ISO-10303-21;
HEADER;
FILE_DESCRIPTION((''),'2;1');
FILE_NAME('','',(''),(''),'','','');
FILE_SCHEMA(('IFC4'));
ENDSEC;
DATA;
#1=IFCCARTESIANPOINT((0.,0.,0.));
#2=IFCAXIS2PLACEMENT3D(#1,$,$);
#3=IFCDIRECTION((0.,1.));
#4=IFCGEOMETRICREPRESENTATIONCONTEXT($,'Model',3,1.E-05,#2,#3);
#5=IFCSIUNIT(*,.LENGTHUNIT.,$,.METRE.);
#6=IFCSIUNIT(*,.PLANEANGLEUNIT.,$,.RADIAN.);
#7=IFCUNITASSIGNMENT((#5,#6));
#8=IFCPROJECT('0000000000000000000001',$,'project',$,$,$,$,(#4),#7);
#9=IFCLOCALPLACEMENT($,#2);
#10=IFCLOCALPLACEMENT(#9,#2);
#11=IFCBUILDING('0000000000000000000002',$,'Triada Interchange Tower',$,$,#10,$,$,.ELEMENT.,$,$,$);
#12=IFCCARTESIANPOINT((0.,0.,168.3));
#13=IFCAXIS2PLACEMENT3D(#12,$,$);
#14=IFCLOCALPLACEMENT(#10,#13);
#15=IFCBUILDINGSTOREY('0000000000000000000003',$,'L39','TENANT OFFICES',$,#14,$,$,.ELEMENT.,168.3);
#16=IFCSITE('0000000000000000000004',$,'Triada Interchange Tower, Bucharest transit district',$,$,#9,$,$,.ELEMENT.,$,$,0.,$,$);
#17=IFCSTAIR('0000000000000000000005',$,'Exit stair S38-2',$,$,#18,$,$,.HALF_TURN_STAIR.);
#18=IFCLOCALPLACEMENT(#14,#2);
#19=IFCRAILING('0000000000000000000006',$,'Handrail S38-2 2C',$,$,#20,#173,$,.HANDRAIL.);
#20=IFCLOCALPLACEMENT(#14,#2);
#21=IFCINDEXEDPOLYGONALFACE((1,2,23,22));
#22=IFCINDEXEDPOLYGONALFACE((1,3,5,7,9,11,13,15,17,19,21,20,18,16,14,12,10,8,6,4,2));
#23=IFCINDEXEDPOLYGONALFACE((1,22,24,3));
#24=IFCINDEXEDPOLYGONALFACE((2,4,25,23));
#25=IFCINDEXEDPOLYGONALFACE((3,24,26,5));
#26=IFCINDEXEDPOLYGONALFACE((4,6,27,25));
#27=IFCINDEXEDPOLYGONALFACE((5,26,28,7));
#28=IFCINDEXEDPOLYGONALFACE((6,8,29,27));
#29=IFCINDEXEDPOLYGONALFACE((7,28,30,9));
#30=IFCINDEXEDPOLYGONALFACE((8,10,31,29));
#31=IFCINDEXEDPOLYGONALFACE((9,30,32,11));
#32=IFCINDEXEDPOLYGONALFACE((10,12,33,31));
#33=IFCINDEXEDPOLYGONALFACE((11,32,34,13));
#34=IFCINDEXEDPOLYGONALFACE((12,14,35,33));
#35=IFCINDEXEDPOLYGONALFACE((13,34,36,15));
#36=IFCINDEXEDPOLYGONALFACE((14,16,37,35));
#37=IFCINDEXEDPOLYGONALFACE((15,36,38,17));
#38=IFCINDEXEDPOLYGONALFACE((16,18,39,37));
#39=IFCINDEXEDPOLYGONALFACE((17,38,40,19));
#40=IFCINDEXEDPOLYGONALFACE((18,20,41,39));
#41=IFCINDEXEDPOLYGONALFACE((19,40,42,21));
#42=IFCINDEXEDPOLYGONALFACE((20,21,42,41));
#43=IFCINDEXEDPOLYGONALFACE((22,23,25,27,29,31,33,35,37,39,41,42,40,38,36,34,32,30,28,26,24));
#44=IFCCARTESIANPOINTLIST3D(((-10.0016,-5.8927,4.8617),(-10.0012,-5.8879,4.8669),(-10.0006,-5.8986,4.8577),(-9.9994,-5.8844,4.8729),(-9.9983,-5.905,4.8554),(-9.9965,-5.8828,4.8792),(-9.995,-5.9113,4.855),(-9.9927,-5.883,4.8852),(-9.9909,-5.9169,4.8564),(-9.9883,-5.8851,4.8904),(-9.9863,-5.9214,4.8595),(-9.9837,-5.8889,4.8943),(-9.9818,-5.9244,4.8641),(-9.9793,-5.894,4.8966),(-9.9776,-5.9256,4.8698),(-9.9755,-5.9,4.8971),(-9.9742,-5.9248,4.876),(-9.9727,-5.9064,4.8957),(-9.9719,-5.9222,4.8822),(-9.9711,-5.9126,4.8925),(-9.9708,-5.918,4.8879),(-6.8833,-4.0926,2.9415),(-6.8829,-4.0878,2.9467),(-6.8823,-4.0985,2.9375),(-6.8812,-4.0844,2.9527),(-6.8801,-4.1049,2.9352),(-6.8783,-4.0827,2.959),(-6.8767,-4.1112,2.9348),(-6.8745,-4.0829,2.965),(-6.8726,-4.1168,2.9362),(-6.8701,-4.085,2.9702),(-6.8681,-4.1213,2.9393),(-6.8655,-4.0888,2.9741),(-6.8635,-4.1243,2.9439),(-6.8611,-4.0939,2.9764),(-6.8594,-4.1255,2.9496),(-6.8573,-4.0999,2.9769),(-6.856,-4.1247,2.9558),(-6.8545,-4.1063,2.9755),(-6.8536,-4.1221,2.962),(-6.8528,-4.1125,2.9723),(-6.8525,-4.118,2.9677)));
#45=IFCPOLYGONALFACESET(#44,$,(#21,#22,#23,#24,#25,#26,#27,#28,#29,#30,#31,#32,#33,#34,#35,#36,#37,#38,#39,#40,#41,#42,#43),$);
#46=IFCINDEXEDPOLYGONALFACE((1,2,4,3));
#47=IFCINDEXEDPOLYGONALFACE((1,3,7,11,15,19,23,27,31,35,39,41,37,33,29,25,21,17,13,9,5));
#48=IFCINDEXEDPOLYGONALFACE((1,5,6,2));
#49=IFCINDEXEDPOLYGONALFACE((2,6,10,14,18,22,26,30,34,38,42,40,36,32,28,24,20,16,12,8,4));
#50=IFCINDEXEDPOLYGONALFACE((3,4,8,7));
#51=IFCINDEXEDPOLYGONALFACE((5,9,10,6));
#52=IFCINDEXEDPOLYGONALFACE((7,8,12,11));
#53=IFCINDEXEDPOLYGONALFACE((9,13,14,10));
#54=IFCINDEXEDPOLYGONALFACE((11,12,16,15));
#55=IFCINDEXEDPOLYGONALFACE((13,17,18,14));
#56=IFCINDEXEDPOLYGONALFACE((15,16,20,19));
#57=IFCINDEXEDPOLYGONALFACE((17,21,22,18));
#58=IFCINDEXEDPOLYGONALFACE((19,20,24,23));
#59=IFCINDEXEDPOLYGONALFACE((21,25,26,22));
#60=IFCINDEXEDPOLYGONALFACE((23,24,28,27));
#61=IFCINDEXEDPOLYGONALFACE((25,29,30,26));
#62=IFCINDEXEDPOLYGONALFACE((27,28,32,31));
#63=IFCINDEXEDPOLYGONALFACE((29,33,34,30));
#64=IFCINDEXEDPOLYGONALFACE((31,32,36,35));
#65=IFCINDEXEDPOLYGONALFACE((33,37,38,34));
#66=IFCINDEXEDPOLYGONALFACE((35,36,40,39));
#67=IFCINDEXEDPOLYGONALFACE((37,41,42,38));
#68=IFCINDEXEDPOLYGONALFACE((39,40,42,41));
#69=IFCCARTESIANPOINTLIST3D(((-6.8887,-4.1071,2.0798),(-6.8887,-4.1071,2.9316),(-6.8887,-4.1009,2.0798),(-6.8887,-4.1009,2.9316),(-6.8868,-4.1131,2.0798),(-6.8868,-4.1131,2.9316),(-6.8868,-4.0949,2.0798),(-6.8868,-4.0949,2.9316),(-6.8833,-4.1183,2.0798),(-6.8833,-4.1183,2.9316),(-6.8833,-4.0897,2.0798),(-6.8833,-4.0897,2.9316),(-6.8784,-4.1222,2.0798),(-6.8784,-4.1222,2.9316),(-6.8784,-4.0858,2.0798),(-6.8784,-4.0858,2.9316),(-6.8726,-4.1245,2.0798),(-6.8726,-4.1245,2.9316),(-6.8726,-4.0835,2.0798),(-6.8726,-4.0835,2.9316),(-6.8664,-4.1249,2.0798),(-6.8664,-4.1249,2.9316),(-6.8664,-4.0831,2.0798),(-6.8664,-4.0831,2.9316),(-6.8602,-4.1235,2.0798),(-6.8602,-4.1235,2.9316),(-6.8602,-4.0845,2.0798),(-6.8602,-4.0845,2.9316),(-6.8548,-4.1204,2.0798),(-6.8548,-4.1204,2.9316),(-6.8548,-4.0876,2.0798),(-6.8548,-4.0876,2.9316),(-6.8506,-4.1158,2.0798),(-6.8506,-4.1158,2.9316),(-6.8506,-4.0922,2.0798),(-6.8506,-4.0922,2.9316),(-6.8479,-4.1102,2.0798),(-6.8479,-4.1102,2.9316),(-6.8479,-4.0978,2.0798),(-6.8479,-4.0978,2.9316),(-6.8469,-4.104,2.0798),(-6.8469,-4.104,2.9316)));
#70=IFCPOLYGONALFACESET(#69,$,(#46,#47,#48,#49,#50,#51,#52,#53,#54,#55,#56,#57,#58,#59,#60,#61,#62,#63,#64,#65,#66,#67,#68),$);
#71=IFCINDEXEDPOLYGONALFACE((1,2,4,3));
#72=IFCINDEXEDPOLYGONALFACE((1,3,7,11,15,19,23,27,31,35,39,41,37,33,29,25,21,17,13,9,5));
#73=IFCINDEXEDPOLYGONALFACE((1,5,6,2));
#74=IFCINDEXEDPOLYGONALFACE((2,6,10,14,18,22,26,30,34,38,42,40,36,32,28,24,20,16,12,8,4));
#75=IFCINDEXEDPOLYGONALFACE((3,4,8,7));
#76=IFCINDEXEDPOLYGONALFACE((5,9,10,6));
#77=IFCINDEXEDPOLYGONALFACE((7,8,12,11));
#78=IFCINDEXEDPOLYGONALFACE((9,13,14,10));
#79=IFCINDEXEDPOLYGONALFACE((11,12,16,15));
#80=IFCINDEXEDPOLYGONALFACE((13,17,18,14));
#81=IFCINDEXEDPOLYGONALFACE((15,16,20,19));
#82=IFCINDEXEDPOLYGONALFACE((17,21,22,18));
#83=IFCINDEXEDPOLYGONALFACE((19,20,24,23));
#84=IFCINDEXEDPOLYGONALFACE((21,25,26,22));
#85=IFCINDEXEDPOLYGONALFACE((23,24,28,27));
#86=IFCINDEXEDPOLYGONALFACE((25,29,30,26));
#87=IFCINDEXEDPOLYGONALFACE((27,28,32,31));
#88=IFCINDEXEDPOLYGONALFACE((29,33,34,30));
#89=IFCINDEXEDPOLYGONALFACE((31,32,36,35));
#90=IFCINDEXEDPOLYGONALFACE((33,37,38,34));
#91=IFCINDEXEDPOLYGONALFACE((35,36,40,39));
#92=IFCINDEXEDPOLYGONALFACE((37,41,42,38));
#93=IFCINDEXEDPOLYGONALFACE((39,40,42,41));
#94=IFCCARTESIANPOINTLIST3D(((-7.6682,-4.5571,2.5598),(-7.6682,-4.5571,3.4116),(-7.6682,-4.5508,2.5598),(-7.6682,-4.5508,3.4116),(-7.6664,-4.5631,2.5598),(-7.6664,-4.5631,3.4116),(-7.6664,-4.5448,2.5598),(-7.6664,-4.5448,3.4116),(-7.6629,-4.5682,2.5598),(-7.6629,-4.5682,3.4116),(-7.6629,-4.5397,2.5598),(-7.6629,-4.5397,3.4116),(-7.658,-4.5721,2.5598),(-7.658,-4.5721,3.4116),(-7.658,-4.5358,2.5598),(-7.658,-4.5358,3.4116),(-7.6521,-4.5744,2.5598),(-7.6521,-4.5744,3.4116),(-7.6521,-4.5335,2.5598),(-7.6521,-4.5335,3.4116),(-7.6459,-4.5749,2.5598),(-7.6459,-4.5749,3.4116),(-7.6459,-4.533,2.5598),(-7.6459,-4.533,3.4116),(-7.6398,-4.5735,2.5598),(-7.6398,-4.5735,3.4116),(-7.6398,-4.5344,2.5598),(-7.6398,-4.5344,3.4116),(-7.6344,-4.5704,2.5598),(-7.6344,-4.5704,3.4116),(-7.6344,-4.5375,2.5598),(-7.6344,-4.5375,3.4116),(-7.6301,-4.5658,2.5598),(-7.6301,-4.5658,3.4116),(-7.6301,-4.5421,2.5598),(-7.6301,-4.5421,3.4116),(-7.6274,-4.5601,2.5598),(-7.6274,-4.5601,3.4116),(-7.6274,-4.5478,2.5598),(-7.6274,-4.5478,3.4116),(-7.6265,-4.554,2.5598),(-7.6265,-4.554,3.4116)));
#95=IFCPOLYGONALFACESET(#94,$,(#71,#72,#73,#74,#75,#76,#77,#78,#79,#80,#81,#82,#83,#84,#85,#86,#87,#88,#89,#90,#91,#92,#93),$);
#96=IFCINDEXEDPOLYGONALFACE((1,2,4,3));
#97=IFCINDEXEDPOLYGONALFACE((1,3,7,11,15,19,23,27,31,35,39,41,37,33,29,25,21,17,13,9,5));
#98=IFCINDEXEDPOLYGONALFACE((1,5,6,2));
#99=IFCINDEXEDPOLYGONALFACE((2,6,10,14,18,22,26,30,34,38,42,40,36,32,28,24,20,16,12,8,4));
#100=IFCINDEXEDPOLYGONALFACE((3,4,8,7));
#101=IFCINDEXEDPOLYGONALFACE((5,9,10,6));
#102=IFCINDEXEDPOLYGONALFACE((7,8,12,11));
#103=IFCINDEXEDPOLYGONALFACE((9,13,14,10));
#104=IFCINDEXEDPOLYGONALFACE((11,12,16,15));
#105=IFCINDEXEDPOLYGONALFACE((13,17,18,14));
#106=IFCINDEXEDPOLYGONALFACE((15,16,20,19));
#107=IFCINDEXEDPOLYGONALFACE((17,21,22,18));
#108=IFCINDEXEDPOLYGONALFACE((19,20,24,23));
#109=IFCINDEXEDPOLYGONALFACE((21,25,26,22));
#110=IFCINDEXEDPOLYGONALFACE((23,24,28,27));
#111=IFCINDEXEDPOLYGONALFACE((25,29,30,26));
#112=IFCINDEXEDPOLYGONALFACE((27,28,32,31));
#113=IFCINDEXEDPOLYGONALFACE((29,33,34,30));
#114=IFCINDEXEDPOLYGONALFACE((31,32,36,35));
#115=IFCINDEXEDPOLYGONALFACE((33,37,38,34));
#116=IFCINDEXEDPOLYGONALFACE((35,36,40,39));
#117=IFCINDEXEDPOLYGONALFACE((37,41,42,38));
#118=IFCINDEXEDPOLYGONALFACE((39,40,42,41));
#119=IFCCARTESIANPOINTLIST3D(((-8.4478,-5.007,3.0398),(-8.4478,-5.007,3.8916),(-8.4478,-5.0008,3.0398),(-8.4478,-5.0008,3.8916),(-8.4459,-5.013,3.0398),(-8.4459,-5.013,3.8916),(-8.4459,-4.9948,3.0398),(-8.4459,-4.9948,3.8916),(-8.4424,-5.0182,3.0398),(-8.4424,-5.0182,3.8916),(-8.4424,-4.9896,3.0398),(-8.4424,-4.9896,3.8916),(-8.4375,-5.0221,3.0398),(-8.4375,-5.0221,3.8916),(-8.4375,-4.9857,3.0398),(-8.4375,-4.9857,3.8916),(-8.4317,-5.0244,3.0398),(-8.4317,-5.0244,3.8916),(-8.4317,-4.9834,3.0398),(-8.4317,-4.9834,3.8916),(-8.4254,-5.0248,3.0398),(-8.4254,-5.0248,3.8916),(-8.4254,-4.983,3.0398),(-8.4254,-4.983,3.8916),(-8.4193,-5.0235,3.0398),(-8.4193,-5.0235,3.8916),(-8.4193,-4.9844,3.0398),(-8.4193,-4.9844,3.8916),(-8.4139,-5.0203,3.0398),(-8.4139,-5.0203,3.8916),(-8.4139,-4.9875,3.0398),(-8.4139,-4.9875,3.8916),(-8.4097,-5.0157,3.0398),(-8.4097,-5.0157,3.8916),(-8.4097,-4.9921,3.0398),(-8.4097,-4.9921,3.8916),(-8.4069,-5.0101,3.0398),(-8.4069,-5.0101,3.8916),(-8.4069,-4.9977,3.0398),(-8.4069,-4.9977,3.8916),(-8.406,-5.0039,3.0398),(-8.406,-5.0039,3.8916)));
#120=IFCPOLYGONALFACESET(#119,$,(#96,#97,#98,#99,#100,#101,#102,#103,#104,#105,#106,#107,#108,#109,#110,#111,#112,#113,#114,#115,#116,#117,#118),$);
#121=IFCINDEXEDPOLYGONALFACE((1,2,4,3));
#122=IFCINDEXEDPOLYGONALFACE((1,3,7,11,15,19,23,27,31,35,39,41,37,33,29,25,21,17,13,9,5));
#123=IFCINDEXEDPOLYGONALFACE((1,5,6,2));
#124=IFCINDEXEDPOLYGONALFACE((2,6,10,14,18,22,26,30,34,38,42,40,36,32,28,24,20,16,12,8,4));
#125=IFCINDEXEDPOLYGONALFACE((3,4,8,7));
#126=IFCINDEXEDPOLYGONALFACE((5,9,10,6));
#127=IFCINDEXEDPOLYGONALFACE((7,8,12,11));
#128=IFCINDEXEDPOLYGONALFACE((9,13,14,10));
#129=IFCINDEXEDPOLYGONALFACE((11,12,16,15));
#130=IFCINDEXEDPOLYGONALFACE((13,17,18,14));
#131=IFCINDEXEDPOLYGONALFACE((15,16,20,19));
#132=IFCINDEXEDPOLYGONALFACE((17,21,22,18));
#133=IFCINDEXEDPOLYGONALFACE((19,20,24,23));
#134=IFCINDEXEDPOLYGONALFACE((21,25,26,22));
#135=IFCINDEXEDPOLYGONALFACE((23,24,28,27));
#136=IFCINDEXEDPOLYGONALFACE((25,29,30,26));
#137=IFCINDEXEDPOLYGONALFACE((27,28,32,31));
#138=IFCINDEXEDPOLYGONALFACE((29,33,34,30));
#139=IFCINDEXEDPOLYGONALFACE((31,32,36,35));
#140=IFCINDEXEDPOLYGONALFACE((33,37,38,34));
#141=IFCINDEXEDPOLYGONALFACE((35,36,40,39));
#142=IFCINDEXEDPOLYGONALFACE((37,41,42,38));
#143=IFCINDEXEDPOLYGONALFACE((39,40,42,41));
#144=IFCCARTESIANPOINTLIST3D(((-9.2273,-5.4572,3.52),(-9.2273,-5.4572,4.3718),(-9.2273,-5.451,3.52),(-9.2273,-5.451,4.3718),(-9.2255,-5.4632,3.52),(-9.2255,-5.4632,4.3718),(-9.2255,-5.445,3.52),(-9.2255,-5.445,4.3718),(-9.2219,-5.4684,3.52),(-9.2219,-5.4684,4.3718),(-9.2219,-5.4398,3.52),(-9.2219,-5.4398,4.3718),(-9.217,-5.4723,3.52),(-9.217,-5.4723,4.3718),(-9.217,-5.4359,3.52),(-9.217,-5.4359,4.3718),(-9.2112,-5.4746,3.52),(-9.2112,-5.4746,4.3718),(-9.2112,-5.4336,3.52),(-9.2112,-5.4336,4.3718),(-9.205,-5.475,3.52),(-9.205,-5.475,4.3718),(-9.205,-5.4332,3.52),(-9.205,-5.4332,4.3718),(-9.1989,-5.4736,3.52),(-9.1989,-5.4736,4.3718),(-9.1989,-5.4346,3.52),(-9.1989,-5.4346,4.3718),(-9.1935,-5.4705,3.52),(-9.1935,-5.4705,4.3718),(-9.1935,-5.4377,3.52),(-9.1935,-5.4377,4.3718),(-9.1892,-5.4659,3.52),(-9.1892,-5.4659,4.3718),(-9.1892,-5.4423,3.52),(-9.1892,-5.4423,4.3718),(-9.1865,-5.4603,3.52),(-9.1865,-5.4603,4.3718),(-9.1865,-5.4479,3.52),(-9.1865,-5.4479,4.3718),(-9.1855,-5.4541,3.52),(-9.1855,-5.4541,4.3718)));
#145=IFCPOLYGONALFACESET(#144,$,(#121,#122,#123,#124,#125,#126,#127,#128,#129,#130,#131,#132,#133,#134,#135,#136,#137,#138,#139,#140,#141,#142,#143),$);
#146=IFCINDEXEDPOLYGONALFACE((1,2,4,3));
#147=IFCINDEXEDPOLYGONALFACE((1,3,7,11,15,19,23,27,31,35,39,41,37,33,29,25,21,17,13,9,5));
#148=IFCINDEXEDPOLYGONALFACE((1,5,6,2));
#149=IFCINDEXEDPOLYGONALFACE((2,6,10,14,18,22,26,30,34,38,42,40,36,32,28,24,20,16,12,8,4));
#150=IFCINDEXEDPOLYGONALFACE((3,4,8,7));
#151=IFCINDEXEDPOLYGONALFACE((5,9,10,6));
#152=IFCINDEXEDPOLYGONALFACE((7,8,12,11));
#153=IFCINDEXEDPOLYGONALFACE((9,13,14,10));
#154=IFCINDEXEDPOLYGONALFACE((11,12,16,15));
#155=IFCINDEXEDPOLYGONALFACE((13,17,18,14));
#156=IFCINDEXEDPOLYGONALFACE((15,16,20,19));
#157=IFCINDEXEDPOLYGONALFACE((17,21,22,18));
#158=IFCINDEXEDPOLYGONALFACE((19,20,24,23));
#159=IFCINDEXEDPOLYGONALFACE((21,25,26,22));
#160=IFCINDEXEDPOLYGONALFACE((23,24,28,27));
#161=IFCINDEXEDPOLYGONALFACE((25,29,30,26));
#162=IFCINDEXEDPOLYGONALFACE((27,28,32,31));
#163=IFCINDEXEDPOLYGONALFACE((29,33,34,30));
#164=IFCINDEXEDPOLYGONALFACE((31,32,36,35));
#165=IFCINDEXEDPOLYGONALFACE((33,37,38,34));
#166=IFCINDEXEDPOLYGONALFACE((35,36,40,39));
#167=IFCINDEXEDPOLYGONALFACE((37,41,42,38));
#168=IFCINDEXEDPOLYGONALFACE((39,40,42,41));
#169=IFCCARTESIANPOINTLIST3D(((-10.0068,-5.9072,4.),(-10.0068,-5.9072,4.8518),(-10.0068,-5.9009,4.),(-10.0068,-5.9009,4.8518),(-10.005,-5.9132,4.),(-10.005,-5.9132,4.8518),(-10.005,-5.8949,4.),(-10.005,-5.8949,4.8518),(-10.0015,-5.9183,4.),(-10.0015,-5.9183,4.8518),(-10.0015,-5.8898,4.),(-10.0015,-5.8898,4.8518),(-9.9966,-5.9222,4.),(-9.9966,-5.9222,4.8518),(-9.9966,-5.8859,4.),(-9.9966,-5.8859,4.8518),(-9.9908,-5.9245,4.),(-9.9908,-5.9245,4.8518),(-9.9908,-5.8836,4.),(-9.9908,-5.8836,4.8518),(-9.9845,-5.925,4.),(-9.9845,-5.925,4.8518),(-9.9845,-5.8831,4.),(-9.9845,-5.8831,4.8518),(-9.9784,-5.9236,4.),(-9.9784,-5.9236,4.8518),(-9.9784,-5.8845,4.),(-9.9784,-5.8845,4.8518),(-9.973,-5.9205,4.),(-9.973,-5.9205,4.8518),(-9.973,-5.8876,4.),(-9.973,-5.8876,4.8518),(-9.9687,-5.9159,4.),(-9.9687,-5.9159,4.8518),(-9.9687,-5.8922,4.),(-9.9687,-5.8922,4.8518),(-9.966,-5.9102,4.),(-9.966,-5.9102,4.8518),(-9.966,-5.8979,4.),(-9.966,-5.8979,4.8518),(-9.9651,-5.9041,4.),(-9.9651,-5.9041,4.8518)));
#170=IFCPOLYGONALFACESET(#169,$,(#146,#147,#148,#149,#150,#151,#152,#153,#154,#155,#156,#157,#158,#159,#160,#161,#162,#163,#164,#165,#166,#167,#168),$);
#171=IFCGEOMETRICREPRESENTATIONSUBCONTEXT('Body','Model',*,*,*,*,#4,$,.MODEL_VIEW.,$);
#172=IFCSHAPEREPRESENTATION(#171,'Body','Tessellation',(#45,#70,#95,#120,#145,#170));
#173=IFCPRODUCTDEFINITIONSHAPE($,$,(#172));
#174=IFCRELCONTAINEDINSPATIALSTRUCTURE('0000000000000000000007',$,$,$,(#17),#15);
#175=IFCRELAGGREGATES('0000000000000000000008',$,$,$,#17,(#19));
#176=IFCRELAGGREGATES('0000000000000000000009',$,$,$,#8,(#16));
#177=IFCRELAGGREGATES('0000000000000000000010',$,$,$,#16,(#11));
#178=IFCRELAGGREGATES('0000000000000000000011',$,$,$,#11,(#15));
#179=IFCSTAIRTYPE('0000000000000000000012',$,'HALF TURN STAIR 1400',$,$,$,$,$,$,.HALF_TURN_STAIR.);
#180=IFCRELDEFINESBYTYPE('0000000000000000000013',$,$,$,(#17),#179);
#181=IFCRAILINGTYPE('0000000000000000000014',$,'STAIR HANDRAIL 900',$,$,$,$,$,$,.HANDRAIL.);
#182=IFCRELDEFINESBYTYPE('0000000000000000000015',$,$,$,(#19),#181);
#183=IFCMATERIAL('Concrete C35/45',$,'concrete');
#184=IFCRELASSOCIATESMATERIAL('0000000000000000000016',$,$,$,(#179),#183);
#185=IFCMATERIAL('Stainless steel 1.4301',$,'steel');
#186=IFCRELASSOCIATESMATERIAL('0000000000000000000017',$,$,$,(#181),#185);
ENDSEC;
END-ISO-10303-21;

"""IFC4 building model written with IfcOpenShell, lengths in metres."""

from ifc_helpers import new_model, si_unit, direction, frame, origin, origin_2d, place, context, subcontext, project, spatial, circle, extrude, material, type_object, element, aggregate, save


model = new_model("IFC4")

# Units and contexts
model_context = context("Model", 3, precision=1e-05, world=origin(), true_north=direction((0.0, 1.0)))
body_context = subcontext(model_context, "Body", "Model", "MODEL_VIEW")
ifc_project = project(units=[si_unit("LENGTHUNIT", "METRE"), si_unit("PLANEANGLEUNIT", "RADIAN")], contexts=[model_context])

# Site, building, storey
site_placement = place(None, origin())
site = spatial("IfcSite", under=ifc_project, at=site_placement, Name="Triada Interchange Tower, Bucharest transit district", CompositionType="ELEMENT", RefElevation=0.0)
building_placement = place(site_placement, origin())
building = spatial("IfcBuilding", under=site, at=building_placement, Name="Triada Interchange Tower", CompositionType="ELEMENT")
storey_placement = place(building_placement, frame((0.0, 0.0, 168.3)))
storey = spatial("IfcBuildingStorey", under=building, at=storey_placement, Name="L39", Description="TENANT OFFICES", CompositionType="ELEMENT", Elevation=168.3)

# Stair, railing
ifc_material_1 = material(Name="Concrete C35/45", Category="concrete")
stair_type = type_object("IfcStairType", Name="HALF TURN STAIR 1400", PredefinedType="HALF_TURN_STAIR", material=ifc_material_1)
stair_placement = place(storey_placement, origin())
stair = element("IfcStair", 1, at=stair_placement, inside=storey, type_object=stair_type, Name="Exit stair S38-2", PredefinedType="HALF_TURN_STAIR")
ifc_material_2 = material(Name="Stainless steel 1.4301", Category="steel")
railing_type = type_object("IfcRailingType", Name="STAIR HANDRAIL 900", PredefinedType="HANDRAIL", material=ifc_material_2)
railing_1_placement = place(storey_placement, frame((-6.8679, -4.104, 2.0798)))
railing_1 = element("IfcRailing", 2, at=railing_1_placement, type_object=railing_type, Name="Handrail S38-2 2C", PredefinedType="HANDRAIL", context=body_context, shape_type="SweptSolid", body=[
    extrude(circle(Radius=0.0239, at=origin_2d()), frame((0.0, 0.0, 0.876), z_axis=(-0.76417, -0.441139, 0.470576), x_axis=(0.499953, -0.866052, 0.0)), (0.0, 0.0, 1.0), 4.0806),
    extrude(circle(Radius=0.021, at=origin_2d()), origin(), (0.0, 0.0, 1.0), 0.8518),
    extrude(circle(Radius=0.021, at=origin_2d()), frame((-0.7795, -0.45, 0.48)), (0.0, 0.0, 1.0), 0.8518),
    extrude(circle(Radius=0.021, at=origin_2d()), frame((-1.5591, -0.8999, 0.96)), (0.0, 0.0, 1.0), 0.8518),
    extrude(circle(Radius=0.021, at=origin_2d()), frame((-2.3386, -1.3501, 1.4402)), (0.0, 0.0, 1.0), 0.8518),
    extrude(circle(Radius=0.021, at=origin_2d()), frame((-3.1182, -1.8, 1.9202)), (0.0, 0.0, 1.0), 0.8518),
])
aggregate(stair, [railing_1])

save(model, "model.ifc")
